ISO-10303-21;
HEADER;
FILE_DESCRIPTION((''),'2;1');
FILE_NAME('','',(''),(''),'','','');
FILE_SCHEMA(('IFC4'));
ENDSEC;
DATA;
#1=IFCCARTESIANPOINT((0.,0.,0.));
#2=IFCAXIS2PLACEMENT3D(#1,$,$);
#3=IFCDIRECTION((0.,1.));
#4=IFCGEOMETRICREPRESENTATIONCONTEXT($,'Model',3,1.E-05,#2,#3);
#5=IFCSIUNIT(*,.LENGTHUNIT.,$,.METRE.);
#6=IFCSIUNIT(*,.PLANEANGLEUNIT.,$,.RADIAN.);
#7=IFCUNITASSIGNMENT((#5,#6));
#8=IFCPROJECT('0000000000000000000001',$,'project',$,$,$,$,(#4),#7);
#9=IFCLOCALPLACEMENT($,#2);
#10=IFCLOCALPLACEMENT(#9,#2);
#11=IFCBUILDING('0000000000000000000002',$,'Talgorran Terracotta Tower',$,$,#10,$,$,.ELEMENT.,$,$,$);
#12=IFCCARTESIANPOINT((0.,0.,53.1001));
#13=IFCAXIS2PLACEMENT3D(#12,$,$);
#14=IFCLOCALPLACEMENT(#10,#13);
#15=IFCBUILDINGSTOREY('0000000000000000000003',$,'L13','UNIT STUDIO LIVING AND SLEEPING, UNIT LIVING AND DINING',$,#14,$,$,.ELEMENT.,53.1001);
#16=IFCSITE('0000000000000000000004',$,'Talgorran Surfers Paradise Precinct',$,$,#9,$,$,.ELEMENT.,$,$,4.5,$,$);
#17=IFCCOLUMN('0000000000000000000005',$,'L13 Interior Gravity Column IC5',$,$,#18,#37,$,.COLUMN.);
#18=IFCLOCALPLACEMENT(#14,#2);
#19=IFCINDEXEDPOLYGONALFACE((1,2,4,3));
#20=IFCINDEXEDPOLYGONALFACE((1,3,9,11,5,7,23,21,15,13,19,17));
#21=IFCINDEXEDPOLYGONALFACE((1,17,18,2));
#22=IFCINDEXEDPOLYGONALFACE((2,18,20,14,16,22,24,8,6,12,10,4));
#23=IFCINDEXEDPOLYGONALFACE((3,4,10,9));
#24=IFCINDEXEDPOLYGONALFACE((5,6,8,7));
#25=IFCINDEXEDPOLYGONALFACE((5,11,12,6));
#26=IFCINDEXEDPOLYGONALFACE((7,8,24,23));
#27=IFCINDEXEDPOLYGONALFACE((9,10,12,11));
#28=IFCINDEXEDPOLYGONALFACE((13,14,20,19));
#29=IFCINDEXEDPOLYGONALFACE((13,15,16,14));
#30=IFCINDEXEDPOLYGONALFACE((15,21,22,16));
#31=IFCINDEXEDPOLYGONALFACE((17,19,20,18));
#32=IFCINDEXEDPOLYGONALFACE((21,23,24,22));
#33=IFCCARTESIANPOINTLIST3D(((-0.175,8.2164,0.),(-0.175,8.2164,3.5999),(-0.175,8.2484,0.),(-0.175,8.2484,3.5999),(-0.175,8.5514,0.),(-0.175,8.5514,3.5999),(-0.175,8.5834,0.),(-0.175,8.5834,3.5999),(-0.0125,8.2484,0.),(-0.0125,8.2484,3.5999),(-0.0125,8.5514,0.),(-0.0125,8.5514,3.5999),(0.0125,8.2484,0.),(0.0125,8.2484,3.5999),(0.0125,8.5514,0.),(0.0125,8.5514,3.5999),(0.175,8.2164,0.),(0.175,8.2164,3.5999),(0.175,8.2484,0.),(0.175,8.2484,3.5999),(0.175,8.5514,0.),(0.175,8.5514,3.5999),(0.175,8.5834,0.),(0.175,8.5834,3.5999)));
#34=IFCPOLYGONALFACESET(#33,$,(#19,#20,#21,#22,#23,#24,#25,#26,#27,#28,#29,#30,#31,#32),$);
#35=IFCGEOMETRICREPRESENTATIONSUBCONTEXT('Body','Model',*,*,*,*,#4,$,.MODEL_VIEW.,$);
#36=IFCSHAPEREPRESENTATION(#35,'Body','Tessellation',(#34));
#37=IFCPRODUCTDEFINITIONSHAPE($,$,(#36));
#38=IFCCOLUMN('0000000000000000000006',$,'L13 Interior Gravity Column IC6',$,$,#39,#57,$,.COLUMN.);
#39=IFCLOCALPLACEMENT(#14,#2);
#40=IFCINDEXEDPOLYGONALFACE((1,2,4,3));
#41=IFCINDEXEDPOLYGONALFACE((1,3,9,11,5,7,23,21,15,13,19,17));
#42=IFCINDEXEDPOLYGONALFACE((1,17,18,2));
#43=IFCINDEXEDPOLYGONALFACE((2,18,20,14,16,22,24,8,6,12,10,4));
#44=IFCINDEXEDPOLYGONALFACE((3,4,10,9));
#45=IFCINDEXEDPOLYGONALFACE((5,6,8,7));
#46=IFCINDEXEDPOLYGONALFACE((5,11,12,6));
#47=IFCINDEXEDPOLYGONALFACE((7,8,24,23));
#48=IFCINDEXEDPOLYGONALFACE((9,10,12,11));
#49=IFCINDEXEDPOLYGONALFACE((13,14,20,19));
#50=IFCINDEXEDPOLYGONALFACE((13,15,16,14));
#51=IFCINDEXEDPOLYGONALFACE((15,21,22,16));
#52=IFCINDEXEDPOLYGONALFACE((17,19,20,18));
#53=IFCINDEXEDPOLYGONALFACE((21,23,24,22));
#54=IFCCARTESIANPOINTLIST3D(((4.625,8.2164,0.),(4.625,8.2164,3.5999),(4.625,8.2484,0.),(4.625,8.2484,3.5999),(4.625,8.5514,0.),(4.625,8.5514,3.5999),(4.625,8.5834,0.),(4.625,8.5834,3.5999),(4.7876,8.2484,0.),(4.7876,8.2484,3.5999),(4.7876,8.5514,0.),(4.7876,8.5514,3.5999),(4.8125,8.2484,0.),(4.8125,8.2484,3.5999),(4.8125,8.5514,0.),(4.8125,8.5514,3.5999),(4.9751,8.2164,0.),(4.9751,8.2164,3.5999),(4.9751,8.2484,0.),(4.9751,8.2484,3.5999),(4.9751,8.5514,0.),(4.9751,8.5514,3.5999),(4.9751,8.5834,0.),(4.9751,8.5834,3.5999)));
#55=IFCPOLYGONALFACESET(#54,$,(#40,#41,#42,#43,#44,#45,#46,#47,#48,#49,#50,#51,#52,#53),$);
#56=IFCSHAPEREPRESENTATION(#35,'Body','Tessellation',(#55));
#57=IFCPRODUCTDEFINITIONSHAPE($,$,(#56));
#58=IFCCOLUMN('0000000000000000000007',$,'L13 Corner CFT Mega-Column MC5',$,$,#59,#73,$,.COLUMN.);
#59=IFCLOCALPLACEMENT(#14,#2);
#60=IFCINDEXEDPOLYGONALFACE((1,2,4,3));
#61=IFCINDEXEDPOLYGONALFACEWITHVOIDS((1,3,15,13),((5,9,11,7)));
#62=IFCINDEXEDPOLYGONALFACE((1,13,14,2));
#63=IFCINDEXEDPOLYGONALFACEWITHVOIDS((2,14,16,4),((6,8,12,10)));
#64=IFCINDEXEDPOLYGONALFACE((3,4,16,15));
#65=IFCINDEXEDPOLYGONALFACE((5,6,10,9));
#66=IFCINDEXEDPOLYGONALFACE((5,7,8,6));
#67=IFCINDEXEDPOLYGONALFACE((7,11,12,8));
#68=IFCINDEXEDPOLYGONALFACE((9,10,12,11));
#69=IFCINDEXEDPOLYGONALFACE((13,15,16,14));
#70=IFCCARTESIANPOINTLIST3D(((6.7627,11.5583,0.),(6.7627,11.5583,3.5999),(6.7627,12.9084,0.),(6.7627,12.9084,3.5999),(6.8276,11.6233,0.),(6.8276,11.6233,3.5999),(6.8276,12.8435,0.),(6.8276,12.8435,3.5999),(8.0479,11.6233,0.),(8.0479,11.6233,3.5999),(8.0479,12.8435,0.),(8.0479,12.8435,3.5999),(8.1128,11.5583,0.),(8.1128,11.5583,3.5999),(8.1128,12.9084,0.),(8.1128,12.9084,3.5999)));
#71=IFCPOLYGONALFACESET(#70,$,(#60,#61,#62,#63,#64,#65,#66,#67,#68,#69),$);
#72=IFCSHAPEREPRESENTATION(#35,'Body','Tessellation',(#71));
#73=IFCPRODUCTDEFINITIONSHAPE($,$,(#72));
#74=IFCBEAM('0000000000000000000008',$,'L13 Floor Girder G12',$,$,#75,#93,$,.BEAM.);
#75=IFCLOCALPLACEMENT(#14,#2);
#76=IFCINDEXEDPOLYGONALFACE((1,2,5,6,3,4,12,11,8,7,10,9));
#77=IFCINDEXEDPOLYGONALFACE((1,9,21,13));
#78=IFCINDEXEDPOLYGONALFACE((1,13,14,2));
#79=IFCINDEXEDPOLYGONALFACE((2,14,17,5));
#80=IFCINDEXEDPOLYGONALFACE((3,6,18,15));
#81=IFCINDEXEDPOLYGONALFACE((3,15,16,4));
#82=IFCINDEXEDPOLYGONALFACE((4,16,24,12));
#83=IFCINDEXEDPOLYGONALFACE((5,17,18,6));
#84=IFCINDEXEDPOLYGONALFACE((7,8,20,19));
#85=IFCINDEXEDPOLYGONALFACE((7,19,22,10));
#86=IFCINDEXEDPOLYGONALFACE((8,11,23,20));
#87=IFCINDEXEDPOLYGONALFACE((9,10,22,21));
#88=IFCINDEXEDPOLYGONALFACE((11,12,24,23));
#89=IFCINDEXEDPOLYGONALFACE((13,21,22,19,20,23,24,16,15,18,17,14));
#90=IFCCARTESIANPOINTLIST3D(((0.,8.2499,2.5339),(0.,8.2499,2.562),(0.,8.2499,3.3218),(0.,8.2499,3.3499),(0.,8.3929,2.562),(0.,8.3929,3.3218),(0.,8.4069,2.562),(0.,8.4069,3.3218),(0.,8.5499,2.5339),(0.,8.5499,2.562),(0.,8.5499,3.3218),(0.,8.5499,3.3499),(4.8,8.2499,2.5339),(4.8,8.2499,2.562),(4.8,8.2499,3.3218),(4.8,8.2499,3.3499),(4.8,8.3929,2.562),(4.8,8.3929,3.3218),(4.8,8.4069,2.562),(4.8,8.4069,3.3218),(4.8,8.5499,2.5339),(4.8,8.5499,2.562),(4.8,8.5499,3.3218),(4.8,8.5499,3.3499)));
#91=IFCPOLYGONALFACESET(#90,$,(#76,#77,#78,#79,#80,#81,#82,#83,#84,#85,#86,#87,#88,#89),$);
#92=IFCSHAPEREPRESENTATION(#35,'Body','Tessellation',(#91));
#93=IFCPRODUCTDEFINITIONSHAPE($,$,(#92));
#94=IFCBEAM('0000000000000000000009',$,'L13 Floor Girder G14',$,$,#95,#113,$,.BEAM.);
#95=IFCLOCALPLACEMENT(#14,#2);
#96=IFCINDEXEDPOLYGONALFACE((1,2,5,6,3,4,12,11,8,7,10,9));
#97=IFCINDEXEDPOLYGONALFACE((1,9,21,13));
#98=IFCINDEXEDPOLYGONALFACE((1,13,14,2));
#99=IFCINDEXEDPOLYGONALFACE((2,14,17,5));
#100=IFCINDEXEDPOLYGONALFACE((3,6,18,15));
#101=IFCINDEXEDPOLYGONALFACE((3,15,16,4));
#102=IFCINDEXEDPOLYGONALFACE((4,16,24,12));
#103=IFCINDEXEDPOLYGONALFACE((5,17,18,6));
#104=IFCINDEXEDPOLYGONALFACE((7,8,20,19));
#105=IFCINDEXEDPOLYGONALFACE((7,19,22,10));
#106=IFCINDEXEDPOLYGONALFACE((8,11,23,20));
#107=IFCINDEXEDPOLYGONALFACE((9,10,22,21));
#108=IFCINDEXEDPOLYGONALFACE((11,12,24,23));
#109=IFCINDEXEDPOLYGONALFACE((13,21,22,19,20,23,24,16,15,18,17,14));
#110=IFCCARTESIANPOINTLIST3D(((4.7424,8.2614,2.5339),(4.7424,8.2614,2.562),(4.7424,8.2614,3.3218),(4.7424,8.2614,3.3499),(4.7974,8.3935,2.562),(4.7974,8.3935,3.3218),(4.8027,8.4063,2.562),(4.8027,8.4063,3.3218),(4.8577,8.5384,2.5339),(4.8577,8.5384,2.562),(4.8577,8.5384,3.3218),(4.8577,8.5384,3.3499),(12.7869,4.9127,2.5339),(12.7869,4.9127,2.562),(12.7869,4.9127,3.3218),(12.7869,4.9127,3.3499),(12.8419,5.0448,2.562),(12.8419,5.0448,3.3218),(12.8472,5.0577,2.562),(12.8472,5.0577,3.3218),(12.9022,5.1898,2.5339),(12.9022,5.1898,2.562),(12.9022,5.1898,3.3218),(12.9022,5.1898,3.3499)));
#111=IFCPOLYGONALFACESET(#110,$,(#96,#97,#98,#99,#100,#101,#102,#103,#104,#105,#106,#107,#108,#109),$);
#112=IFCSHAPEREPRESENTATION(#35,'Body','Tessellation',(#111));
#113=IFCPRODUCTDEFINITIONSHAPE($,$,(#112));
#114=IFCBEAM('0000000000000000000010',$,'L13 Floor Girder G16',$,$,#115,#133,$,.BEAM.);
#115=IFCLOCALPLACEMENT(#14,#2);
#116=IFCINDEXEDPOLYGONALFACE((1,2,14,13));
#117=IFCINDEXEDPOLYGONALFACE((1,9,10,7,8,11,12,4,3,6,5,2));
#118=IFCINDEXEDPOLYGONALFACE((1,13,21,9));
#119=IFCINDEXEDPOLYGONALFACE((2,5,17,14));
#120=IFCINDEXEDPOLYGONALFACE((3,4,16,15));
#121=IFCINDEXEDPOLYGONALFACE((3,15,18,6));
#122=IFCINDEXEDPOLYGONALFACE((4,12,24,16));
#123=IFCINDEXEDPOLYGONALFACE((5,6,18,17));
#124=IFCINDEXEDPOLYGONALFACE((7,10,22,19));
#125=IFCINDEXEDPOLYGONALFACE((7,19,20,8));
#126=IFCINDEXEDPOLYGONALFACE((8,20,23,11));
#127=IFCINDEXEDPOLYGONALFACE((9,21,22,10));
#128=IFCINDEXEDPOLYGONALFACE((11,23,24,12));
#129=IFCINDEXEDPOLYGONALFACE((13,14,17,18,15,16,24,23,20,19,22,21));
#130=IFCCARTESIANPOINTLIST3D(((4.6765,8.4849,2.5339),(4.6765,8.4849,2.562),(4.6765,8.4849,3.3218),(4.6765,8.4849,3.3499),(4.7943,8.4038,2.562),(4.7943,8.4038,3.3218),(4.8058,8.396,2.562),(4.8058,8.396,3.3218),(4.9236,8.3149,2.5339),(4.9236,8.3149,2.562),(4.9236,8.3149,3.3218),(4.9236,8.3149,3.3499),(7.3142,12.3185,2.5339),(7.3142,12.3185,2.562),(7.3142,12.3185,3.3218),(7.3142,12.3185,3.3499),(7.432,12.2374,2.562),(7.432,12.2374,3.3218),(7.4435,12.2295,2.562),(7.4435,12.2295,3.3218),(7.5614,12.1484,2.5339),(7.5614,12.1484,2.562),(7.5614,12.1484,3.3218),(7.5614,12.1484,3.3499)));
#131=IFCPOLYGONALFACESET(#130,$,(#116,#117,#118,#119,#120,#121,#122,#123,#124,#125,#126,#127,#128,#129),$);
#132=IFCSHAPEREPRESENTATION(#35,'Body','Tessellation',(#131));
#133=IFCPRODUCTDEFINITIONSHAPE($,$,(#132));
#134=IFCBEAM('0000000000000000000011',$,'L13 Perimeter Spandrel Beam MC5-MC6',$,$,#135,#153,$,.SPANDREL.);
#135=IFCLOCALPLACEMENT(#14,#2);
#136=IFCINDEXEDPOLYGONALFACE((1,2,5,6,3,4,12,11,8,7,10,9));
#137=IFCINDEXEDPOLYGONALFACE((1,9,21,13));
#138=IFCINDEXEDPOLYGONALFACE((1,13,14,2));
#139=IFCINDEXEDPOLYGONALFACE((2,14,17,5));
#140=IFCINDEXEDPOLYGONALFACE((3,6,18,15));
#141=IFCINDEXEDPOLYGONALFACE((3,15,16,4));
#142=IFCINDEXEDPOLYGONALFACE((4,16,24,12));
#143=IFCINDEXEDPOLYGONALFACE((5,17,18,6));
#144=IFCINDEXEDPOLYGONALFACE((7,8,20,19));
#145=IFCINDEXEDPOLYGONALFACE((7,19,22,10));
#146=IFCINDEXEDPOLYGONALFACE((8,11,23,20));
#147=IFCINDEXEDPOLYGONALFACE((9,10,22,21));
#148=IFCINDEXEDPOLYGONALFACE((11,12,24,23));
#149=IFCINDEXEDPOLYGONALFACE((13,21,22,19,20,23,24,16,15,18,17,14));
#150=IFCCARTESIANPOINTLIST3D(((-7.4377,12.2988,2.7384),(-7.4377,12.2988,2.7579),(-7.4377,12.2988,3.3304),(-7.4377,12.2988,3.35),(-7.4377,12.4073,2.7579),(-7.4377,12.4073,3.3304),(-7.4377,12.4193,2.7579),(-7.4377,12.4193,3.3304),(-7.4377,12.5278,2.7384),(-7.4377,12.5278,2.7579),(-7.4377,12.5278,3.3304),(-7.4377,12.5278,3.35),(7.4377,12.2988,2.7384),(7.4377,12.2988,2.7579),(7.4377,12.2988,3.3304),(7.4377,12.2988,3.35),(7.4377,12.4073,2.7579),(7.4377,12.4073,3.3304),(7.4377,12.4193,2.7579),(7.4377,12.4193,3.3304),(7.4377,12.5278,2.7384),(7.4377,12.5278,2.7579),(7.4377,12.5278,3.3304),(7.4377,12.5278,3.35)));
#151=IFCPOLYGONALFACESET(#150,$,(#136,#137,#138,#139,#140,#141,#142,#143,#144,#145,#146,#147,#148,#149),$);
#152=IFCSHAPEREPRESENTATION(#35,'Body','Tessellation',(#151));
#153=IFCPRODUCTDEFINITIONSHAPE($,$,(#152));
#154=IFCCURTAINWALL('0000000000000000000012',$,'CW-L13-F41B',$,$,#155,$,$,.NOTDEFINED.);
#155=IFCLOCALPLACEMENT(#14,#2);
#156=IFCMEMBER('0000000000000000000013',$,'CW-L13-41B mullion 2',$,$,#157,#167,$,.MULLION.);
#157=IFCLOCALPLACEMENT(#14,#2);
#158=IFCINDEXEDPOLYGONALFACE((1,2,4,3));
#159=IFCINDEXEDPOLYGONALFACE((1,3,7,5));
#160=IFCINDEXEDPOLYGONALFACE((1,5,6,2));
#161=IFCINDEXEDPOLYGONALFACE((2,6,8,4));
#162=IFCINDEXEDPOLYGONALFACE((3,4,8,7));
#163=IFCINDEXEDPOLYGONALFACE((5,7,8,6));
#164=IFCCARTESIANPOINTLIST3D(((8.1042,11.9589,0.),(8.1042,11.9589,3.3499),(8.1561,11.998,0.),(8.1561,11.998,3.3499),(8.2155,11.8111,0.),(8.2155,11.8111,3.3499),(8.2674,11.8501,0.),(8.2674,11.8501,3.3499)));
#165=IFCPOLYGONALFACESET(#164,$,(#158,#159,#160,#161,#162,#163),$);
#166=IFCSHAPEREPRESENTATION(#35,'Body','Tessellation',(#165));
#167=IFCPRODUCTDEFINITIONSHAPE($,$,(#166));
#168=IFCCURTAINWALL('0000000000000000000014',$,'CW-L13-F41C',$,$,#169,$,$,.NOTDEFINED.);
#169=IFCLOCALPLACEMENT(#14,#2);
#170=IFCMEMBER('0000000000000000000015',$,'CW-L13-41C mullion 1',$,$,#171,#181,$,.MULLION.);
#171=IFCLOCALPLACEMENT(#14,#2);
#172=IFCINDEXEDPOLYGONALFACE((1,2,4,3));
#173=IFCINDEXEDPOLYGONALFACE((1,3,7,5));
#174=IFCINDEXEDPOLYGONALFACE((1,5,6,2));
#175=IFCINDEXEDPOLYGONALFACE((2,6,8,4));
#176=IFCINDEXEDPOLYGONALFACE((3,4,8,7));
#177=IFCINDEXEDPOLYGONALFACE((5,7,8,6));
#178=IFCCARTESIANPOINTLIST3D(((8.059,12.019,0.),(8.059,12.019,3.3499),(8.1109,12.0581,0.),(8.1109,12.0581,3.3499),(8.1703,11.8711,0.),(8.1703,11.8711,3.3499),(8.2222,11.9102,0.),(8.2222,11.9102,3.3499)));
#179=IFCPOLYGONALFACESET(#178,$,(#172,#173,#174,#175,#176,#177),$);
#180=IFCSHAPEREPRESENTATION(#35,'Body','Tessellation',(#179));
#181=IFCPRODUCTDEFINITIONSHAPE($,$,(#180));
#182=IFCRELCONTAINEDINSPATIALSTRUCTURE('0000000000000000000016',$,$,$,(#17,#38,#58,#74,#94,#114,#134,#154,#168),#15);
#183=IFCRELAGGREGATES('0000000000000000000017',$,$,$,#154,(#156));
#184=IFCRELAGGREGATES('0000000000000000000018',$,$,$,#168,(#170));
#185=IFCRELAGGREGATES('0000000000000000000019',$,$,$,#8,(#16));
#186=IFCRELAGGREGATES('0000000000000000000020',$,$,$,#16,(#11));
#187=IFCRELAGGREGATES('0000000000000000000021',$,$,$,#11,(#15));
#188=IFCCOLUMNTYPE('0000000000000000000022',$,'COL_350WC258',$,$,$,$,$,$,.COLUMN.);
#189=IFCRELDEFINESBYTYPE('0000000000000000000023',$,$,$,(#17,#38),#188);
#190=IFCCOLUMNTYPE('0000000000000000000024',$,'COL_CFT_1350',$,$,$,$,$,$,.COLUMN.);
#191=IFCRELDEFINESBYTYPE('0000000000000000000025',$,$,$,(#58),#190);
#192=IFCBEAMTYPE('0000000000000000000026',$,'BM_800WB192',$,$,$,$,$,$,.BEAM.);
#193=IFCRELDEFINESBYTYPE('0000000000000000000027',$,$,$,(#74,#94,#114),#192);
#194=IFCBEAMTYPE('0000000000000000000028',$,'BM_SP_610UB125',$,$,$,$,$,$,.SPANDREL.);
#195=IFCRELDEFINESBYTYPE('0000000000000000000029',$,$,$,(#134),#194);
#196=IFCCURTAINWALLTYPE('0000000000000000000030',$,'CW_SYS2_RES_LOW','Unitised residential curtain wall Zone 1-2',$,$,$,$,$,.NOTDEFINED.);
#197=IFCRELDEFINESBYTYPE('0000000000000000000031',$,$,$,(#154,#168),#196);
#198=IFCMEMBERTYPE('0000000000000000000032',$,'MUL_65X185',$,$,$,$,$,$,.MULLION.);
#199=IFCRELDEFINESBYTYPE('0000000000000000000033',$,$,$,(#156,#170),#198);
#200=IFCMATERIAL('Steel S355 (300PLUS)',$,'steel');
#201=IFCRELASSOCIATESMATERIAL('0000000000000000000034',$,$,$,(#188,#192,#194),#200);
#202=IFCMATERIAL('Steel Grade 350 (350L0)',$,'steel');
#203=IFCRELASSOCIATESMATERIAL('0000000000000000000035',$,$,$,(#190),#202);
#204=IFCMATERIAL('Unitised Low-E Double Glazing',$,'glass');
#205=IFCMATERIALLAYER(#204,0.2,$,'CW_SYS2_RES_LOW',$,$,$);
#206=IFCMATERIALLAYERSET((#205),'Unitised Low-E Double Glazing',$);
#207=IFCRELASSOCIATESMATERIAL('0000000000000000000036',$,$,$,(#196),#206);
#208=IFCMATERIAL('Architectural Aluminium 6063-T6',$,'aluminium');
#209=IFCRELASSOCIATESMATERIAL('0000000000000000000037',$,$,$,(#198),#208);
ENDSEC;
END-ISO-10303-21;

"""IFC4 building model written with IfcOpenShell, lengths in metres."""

from ifc_helpers import new_model, si_unit, direction, frame, origin, origin_2d, place, context, subcontext, project, spatial, rectangle, hollow_rectangle, i_section, extrude, material, layer, layer_set, material_profile, profile_set, type_object, element, aggregate, save


model = new_model("IFC4")

# Units and contexts
model_context = context("Model", 3, precision=1e-05, world=origin(), true_north=direction((0.0, 1.0)))
body_context = subcontext(model_context, "Body", "Model", "MODEL_VIEW")
ifc_project = project(units=[si_unit("LENGTHUNIT", "METRE"), si_unit("PLANEANGLEUNIT", "RADIAN")], contexts=[model_context])

# Site, building, storey
site_placement = place(None, origin())
site = spatial("IfcSite", under=ifc_project, at=site_placement, Name="Talgorran Surfers Paradise Precinct", CompositionType="ELEMENT", RefElevation=4.5)
building_placement = place(site_placement, origin())
building = spatial("IfcBuilding", under=site, at=building_placement, Name="Talgorran Terracotta Tower", CompositionType="ELEMENT")
storey_placement = place(building_placement, frame((0.0, 0.0, 53.1001)))
storey = spatial("IfcBuildingStorey", under=building, at=storey_placement, Name="L13", Description="UNIT STUDIO LIVING AND SLEEPING, UNIT LIVING AND DINING", CompositionType="ELEMENT", Elevation=53.1001)

# Columns
ifc_material_1 = material(Name="Steel S355 (300PLUS)", Category="steel")
ifc_material_profile_1 = material_profile(ifc_material_1, i_section(OverallWidth=0.3501, OverallDepth=0.3669, WebThickness=0.0249, FlangeThickness=0.032, at=origin_2d()), Name="350WC258")
ifc_profile_set_1 = profile_set([ifc_material_profile_1], Name="Steel S355 (300PLUS)")
column_type_1 = type_object("IfcColumnType", Name="COL_350WC258", PredefinedType="COLUMN", material=ifc_profile_set_1)
for number, where, z_axis, x_axis, name in (
    (1, (0.0, 8.3999, 0.0), (0.0, 0.0, 1.0), (1.0, 0.0, 0.0), "L13 Interior Gravity Column IC5"),
    (2, (4.8, 8.3999, 0.0), (0.0, 0.0, 1.0), (1.0, 0.0, 0.0), "L13 Interior Gravity Column IC6"),
):
    element("IfcColumn", number, at=place(storey_placement, frame(where, z_axis=z_axis, x_axis=x_axis)), inside=storey, type_object=column_type_1, Name=name, PredefinedType="COLUMN", context=body_context, shape_type="SweptSolid", body=[
        extrude(i_section(OverallWidth=0.3501, OverallDepth=0.3669, WebThickness=0.0249, FlangeThickness=0.032, at=origin_2d()), origin(), (0.0, 0.0, 1.0), 3.5999),
    ])
ifc_material_2 = material(Name="Steel Grade 350 (350L0)", Category="steel")
ifc_material_profile_2 = material_profile(ifc_material_2, hollow_rectangle(XDim=1.3501, YDim=1.3501, WallThickness=0.0649, at=origin_2d()), Name="CFT1350X1350X65")
ifc_profile_set_2 = profile_set([ifc_material_profile_2], Name="Steel Grade 350 (350L0)")
column_type_2 = type_object("IfcColumnType", Name="COL_CFT_1350", PredefinedType="COLUMN", material=ifc_profile_set_2)
column_placement = place(storey_placement, frame((7.4377, 12.2334, 0.0), z_axis=(0.0, 0.0, 1.0), x_axis=(1.0, 0.0, 0.0)))
element("IfcColumn", 3, at=column_placement, inside=storey, type_object=column_type_2, Name="L13 Corner CFT Mega-Column MC5", PredefinedType="COLUMN", context=body_context, shape_type="SweptSolid", body=[
    extrude(hollow_rectangle(XDim=1.3501, YDim=1.3501, WallThickness=0.0649, at=origin_2d()), origin(), (0.0, 0.0, 1.0), 3.5999),
])

# Beams
ifc_material_profile_3 = material_profile(ifc_material_1, i_section(OverallWidth=0.3, OverallDepth=0.8159, WebThickness=0.0139, FlangeThickness=0.0281, at=origin_2d()), Name="800WB192")
ifc_profile_set_3 = profile_set([ifc_material_profile_3], Name="Steel S355 (300PLUS)")
beam_type_1 = type_object("IfcBeamType", Name="BM_800WB192", PredefinedType="BEAM", material=ifc_profile_set_3)
beam_1_placement = place(storey_placement, frame((0.0, 8.3999, 2.9419), z_axis=(1.0, 0.0, 0.0), x_axis=(0.0, 1.0, 0.0)))
element("IfcBeam", 4, at=beam_1_placement, inside=storey, type_object=beam_type_1, Name="L13 Floor Girder G12", PredefinedType="BEAM", context=body_context, shape_type="SweptSolid", body=[
    extrude(i_section(OverallWidth=0.3, OverallDepth=0.8159, WebThickness=0.0139, FlangeThickness=0.0281, at=origin_2d()), origin(), (0.0, 0.0, 1.0), 4.8),
])
beam_2_placement = place(storey_placement, frame((4.8, 8.3999, 2.9419), z_axis=(0.923208, -0.384301, 0.0), x_axis=(0.384301, 0.923208, 0.0)))
element("IfcBeam", 5, at=beam_2_placement, inside=storey, type_object=beam_type_1, Name="L13 Floor Girder G14", PredefinedType="BEAM", context=body_context, shape_type="SweptSolid", body=[
    extrude(i_section(OverallWidth=0.3, OverallDepth=0.8159, WebThickness=0.0139, FlangeThickness=0.0281, at=origin_2d()), origin(), (0.0, 0.0, 1.0), 8.7136),
])
beam_3_placement = place(storey_placement, frame((4.8, 8.3999, 2.9419), z_axis=(0.566845, 0.823824, 0.0), x_axis=(-0.823824, 0.566845, 0.0)))
element("IfcBeam", 6, at=beam_3_placement, inside=storey, type_object=beam_type_1, Name="L13 Floor Girder G16", PredefinedType="BEAM", context=body_context, shape_type="SweptSolid", body=[
    extrude(i_section(OverallWidth=0.3, OverallDepth=0.8159, WebThickness=0.0139, FlangeThickness=0.0281, at=origin_2d()), origin(), (0.0, 0.0, 1.0), 4.6533),
])
ifc_material_profile_4 = material_profile(ifc_material_1, i_section(OverallWidth=0.229, OverallDepth=0.6116, WebThickness=0.012, FlangeThickness=0.0195, at=origin_2d()), Name="610UB125")
ifc_profile_set_4 = profile_set([ifc_material_profile_4], Name="Steel S355 (300PLUS)")
beam_type_2 = type_object("IfcBeamType", Name="BM_SP_610UB125", PredefinedType="SPANDREL", material=ifc_profile_set_4)
beam_4_placement = place(storey_placement, frame((7.4377, 12.4133, 3.0442), z_axis=(-1.0, 0.0, 0.0), x_axis=(0.0, -1.0, 0.0)))
element("IfcBeam", 7, at=beam_4_placement, inside=storey, type_object=beam_type_2, Name="L13 Perimeter Spandrel Beam MC5-MC6", PredefinedType="SPANDREL", context=body_context, shape_type="SweptSolid", body=[
    extrude(i_section(OverallWidth=0.229, OverallDepth=0.6116, WebThickness=0.012, FlangeThickness=0.0195, at=origin_2d()), origin(), (0.0, 0.0, 1.0), 14.8755),
])

# Curtain wall, member
ifc_material_3 = material(Name="Unitised Low-E Double Glazing", Category="glass")
ifc_layer_1 = layer(ifc_material_3, 0.2, Name="CW_SYS2_RES_LOW")
ifc_layer_set_1 = layer_set([ifc_layer_1], Name="Unitised Low-E Double Glazing")
curtain_wall_type = type_object("IfcCurtainWallType", Name="CW_SYS2_RES_LOW", Description="Unitised residential curtain wall Zone 1-2", PredefinedType="NOTDEFINED", material=ifc_layer_set_1)
curtain_wall_1_placement = place(storey_placement, origin())
curtain_wall_1 = element("IfcCurtainWall", 8, at=curtain_wall_1_placement, inside=storey, type_object=curtain_wall_type, Name="CW-L13-F41B", PredefinedType="NOTDEFINED")
ifc_material_4 = material(Name="Architectural Aluminium 6063-T6", Category="aluminium")
ifc_material_profile_5 = material_profile(ifc_material_4, rectangle(XDim=0.0649, YDim=0.1851, at=origin_2d()), Name="CWM65X185")
ifc_profile_set_5 = profile_set([ifc_material_profile_5], Name="Architectural Aluminium 6063-T6")
member_type_1 = type_object("IfcMemberType", Name="MUL_65X185", PredefinedType="MULLION", material=ifc_profile_set_5)
member_1_placement = place(storey_placement, frame((8.1858, 11.9045, 0.0), z_axis=(0.0, 0.0, 1.0), x_axis=(-0.798919, -0.601439, 0.0)))
member_1 = element("IfcMember", 9, at=member_1_placement, type_object=member_type_1, Name="CW-L13-41B mullion 2", PredefinedType="MULLION", context=body_context, shape_type="SweptSolid", body=[
    extrude(rectangle(XDim=0.0649, YDim=0.1851, at=origin_2d()), origin(), (0.0, 0.0, 1.0), 3.3499),
])
aggregate(curtain_wall_1, [member_1])

# Curtain wall, member
curtain_wall_2_placement = place(storey_placement, origin())
curtain_wall_2 = element("IfcCurtainWall", 10, at=curtain_wall_2_placement, inside=storey, type_object=curtain_wall_type, Name="CW-L13-F41C", PredefinedType="NOTDEFINED")
member_2_placement = place(storey_placement, frame((8.1406, 11.9646, 0.0), z_axis=(0.0, 0.0, 1.0), x_axis=(-0.798914, -0.601446, 0.0)))
member_2 = element("IfcMember", 11, at=member_2_placement, type_object=member_type_1, Name="CW-L13-41C mullion 1", PredefinedType="MULLION", context=body_context, shape_type="SweptSolid", body=[
    extrude(rectangle(XDim=0.0649, YDim=0.1851, at=origin_2d()), origin(), (0.0, 0.0, 1.0), 3.3499),
])

aggregate(curtain_wall_2, [member_2])

save(model, "model.ifc")
